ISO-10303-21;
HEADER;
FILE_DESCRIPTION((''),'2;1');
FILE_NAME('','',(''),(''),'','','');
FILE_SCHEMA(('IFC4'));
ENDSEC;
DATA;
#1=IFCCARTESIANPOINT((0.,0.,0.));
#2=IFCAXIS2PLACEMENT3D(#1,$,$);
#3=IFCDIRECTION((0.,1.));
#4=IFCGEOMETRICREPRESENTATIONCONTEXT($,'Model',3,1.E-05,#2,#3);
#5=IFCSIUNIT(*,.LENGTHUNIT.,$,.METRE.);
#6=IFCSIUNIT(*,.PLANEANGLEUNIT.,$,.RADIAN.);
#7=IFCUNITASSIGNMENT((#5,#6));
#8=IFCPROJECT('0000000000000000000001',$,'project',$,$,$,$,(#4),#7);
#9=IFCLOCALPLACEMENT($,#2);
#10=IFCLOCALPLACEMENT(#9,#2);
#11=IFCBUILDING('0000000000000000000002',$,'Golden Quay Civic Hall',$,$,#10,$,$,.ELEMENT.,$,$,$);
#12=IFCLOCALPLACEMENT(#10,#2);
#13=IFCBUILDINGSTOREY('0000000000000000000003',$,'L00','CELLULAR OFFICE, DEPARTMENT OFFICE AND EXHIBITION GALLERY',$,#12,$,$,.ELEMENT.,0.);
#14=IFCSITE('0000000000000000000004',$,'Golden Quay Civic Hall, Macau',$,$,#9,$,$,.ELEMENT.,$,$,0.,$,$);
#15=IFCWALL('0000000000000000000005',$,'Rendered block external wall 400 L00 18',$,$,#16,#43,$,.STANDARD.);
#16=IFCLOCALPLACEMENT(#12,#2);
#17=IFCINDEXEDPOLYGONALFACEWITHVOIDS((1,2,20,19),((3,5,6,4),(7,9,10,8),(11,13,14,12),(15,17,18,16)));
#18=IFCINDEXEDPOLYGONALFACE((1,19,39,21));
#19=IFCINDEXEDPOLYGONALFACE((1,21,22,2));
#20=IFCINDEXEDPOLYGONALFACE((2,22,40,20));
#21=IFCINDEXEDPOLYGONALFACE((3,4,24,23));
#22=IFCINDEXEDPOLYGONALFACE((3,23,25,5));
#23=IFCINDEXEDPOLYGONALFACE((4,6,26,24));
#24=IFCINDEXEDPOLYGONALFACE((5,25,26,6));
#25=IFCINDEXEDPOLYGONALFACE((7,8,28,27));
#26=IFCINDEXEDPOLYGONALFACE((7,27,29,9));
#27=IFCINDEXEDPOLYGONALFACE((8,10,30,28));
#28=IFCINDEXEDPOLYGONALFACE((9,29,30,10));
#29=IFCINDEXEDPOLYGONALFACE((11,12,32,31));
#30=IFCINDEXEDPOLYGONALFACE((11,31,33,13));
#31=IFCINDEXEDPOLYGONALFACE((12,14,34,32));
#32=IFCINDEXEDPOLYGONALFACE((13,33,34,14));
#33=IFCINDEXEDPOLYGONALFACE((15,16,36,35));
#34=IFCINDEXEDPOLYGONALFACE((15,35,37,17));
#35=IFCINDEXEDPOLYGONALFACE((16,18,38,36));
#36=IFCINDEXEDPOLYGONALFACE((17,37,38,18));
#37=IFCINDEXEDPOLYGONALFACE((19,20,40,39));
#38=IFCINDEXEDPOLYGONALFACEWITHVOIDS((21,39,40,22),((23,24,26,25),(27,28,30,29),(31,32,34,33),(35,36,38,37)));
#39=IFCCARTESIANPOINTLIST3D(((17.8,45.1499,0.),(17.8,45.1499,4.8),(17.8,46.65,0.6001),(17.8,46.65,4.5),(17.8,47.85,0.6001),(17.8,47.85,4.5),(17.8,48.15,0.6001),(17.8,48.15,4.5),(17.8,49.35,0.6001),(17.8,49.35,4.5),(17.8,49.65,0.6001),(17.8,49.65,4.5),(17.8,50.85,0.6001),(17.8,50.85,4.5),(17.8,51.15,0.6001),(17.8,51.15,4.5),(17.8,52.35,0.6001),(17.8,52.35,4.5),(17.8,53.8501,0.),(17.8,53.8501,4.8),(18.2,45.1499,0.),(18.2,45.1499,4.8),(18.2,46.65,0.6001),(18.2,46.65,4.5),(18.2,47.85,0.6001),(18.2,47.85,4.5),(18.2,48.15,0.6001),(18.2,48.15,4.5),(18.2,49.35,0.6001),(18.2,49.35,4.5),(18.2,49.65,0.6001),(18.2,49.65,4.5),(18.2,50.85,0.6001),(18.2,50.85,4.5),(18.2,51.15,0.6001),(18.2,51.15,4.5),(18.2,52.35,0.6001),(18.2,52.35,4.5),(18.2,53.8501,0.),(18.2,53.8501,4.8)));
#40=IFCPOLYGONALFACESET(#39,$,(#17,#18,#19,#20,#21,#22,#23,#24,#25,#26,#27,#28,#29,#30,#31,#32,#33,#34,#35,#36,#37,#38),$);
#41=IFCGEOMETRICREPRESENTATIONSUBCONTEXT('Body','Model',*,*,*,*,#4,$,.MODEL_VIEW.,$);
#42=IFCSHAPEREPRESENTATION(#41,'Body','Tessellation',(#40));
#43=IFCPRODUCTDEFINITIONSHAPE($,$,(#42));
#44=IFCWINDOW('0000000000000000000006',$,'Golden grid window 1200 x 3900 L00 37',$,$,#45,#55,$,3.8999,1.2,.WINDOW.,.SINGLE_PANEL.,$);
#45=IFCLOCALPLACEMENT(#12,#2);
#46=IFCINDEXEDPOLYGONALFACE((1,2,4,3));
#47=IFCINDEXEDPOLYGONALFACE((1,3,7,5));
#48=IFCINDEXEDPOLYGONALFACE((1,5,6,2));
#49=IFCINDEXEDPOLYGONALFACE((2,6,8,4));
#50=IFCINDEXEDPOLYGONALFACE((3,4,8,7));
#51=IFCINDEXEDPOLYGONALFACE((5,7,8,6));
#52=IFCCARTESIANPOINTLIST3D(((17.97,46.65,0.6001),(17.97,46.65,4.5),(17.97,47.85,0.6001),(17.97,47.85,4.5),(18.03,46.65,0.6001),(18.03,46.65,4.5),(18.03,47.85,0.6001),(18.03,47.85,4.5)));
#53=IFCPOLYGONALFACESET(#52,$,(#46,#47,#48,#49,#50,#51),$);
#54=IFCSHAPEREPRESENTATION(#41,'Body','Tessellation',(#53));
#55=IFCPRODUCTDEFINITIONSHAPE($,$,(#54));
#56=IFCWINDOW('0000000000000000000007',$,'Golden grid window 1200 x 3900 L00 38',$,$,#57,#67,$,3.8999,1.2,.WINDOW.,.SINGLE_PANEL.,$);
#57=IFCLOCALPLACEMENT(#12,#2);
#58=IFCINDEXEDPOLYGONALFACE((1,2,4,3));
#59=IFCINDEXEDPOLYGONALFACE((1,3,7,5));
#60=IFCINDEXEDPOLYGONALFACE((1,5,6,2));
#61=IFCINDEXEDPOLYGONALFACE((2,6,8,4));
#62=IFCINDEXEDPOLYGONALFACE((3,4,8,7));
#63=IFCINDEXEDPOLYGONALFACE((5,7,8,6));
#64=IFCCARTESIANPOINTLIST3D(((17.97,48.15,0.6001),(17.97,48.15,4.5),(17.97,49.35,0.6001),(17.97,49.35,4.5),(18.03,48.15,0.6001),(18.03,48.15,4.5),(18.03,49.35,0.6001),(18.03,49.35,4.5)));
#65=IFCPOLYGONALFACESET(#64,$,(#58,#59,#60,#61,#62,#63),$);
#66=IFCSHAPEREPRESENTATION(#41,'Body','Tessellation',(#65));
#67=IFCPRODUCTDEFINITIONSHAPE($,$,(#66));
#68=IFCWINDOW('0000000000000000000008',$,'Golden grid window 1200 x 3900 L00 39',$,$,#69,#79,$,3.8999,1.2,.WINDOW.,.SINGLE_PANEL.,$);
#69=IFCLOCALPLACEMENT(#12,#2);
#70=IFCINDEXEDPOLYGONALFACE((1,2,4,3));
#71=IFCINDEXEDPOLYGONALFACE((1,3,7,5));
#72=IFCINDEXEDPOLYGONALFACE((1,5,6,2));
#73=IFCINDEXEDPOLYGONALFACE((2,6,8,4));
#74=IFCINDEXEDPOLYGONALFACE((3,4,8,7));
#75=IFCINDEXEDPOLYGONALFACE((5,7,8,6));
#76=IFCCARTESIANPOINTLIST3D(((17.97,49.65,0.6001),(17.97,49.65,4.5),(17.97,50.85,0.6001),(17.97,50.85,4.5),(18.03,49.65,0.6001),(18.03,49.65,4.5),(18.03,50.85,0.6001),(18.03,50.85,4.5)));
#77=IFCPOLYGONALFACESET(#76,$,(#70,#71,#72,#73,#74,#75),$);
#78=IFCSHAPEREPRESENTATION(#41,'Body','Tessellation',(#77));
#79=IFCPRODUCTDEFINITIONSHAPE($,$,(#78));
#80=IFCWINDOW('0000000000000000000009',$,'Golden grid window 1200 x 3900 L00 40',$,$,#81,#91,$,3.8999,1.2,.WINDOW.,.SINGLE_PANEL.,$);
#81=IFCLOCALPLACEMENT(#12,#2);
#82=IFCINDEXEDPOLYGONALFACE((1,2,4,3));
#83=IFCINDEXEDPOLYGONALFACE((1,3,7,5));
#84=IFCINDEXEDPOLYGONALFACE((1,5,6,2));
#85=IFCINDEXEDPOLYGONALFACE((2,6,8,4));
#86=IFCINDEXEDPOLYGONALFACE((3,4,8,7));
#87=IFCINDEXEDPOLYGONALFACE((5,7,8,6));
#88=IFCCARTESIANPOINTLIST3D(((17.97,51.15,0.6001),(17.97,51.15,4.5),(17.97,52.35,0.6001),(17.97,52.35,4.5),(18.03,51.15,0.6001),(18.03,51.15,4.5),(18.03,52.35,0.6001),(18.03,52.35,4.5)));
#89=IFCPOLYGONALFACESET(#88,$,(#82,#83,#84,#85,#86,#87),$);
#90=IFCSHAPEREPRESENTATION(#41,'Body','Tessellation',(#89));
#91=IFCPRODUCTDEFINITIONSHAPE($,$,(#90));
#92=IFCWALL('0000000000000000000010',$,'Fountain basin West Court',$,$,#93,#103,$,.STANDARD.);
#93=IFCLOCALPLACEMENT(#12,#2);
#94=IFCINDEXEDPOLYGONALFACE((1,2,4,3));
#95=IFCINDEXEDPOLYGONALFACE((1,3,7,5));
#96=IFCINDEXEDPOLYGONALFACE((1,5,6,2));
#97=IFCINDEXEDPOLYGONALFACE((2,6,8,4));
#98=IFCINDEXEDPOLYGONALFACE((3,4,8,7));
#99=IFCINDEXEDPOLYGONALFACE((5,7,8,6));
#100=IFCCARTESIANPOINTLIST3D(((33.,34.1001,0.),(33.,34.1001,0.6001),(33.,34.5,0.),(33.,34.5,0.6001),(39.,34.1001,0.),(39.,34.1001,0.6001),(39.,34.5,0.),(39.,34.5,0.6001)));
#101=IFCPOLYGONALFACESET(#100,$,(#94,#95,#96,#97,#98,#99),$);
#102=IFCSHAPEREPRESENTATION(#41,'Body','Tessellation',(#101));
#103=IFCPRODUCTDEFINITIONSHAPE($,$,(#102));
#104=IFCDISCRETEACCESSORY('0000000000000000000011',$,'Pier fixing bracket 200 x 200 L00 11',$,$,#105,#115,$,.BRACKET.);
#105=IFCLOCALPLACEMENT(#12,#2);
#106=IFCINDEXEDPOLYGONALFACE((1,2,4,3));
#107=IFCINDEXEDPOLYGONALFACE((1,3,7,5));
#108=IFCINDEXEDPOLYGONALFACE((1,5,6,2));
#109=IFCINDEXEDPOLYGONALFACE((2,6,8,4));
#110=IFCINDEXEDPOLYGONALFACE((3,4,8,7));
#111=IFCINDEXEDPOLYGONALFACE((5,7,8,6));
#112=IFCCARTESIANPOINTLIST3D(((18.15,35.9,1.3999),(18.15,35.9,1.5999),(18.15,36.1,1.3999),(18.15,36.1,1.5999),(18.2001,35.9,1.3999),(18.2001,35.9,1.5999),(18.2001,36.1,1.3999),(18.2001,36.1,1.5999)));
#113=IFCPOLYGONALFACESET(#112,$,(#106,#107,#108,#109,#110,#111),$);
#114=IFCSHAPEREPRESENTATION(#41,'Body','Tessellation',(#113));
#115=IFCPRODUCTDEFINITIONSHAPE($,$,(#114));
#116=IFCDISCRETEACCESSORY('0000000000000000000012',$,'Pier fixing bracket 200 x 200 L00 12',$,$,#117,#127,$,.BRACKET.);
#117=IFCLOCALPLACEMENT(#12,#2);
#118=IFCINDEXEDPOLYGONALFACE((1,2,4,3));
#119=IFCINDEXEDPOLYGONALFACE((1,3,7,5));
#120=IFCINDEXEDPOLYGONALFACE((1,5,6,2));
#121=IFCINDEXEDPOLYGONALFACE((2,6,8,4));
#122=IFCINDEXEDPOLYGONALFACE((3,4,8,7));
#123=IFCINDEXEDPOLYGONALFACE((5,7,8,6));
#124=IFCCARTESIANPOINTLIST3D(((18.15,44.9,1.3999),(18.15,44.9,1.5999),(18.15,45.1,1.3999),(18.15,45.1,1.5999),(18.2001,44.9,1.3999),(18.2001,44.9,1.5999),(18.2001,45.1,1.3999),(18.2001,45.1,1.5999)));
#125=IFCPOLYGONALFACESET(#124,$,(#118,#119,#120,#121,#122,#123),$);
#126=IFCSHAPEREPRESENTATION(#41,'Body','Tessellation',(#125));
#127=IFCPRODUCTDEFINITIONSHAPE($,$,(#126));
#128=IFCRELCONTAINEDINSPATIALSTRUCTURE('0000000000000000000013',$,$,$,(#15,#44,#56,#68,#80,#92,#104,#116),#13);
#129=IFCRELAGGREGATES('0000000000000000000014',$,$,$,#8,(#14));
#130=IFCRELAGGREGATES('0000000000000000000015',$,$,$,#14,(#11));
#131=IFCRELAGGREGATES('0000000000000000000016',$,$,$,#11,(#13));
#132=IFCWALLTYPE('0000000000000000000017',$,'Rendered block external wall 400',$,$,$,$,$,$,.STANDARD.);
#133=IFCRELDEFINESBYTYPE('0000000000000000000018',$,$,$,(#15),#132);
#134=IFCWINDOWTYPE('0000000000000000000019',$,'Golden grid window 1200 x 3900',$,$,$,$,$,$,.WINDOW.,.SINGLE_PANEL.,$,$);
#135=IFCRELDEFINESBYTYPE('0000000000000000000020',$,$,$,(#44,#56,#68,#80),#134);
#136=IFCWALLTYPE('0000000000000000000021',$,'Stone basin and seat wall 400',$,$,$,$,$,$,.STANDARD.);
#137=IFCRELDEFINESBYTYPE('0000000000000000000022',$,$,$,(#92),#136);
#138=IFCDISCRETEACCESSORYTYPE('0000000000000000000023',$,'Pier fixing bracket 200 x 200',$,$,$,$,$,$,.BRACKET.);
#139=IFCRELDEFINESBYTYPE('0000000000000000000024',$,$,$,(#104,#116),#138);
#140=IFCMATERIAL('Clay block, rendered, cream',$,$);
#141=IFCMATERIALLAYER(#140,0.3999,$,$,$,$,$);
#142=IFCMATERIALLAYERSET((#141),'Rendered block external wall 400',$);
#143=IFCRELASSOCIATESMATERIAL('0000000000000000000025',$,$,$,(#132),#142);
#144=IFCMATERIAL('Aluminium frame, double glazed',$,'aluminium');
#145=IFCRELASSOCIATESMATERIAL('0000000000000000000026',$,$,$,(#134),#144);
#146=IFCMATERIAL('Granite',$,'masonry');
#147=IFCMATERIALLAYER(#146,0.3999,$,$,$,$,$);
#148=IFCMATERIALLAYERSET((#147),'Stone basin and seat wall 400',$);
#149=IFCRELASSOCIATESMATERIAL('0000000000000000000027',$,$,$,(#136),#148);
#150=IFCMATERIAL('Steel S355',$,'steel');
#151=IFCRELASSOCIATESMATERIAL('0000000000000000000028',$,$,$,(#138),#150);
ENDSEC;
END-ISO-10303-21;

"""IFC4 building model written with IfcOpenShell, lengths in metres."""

from ifc_helpers import new_model, si_unit, direction, frame, frame_2d, origin, origin_2d, place, context, subcontext, project, spatial, rectangle, extrude, material, layer, layer_set, type_object, element, fill, save


model = new_model("IFC4")

# Units and contexts
model_context = context("Model", 3, precision=1e-05, world=origin(), true_north=direction((0.0, 1.0)))
body_context = subcontext(model_context, "Body", "Model", "MODEL_VIEW")
ifc_project = project(units=[si_unit("LENGTHUNIT", "METRE"), si_unit("PLANEANGLEUNIT", "RADIAN")], contexts=[model_context])

# Site, building, storey
site_placement = place(None, origin())
site = spatial("IfcSite", under=ifc_project, at=site_placement, Name="Golden Quay Civic Hall, Macau", CompositionType="ELEMENT", RefElevation=0.0)
building_placement = place(site_placement, origin())
building = spatial("IfcBuilding", under=site, at=building_placement, Name="Golden Quay Civic Hall", CompositionType="ELEMENT")
storey_placement = place(building_placement, origin())
storey = spatial("IfcBuildingStorey", under=building, at=storey_placement, Name="L00", Description="CELLULAR OFFICE, DEPARTMENT OFFICE AND EXHIBITION GALLERY", CompositionType="ELEMENT", Elevation=0.0)

# Wall, openings, windows
ifc_material_1 = material(Name="Clay block, rendered, cream")
ifc_layer_1 = layer(ifc_material_1, 0.3999)
ifc_layer_set_1 = layer_set([ifc_layer_1], Name="Rendered block external wall 400")
wall_type_1 = type_object("IfcWallType", Name="Rendered block external wall 400", PredefinedType="STANDARD", material=ifc_layer_set_1)
ifc_material_2 = material(Name="Aluminium frame, double glazed", Category="aluminium")
window_type = type_object("IfcWindowType", Name="Golden grid window 1200 x 3900", PartitioningType="SINGLE_PANEL", PredefinedType="WINDOW", material=ifc_material_2)
wall_1_placement = place(storey_placement, frame((18.0, 53.8501, 0.0), z_axis=(0.0, 0.0, 1.0), x_axis=(0.0, -1.0, 0.0)))
wall_1 = element("IfcWall", 1, at=wall_1_placement, inside=storey, type_object=wall_type_1, Name="Rendered block external wall 400 L00 18", PredefinedType="STANDARD", context=body_context, shape_type="SweptSolid", body=[
    extrude(rectangle(XDim=8.7002, YDim=0.3999, at=frame_2d((4.3501, 0.0))), origin(), (0.0, 0.0, 1.0), 4.8),
])
opening_1_placement = place(wall_1_placement, frame((6.0, 0.0, 0.6001)))
opening_1 = element("IfcOpeningElement", 2, at=opening_1_placement, cuts=wall_1, PredefinedType="OPENING", context=body_context, shape_type="SweptSolid", body=[
    extrude(rectangle(XDim=1.2, YDim=3.8999, at=frame_2d((0.6001, 1.95))), frame((0.0, 0.21, 0.0), z_axis=(0.0, -1.0, 0.0), x_axis=(1.0, 0.0, 0.0)), (0.0, 0.0, 1.0), 0.4199),
])
opening_2_placement = place(wall_1_placement, frame((4.5, 0.0, 0.6001)))
opening_2 = element("IfcOpeningElement", 3, at=opening_2_placement, cuts=wall_1, PredefinedType="OPENING", context=body_context, shape_type="SweptSolid", body=[
    extrude(rectangle(XDim=1.2, YDim=3.8999, at=frame_2d((0.6001, 1.95))), frame((0.0, 0.21, 0.0), z_axis=(0.0, -1.0, 0.0), x_axis=(1.0, 0.0, 0.0)), (0.0, 0.0, 1.0), 0.4199),
])
opening_3_placement = place(wall_1_placement, frame((3.0, 0.0, 0.6001)))
opening_3 = element("IfcOpeningElement", 4, at=opening_3_placement, cuts=wall_1, PredefinedType="OPENING", context=body_context, shape_type="SweptSolid", body=[
    extrude(rectangle(XDim=1.2, YDim=3.8999, at=frame_2d((0.6001, 1.95))), frame((0.0, 0.21, 0.0), z_axis=(0.0, -1.0, 0.0), x_axis=(1.0, 0.0, 0.0)), (0.0, 0.0, 1.0), 0.4199),
])
opening_4_placement = place(wall_1_placement, frame((1.5, 0.0, 0.6001)))
opening_4 = element("IfcOpeningElement", 5, at=opening_4_placement, cuts=wall_1, PredefinedType="OPENING", context=body_context, shape_type="SweptSolid", body=[
    extrude(rectangle(XDim=1.2, YDim=3.8999, at=frame_2d((0.6001, 1.95))), frame((0.0, 0.21, 0.0), z_axis=(0.0, -1.0, 0.0), x_axis=(1.0, 0.0, 0.0)), (0.0, 0.0, 1.0), 0.4199),
])
window_1_placement = place(opening_1_placement, origin())
window_1 = element("IfcWindow", 6, at=window_1_placement, inside=storey, type_object=window_type, Name="Golden grid window 1200 x 3900 L00 37", OverallHeight=3.8999, OverallWidth=1.2, PartitioningType="SINGLE_PANEL", PredefinedType="WINDOW", context=body_context, shape_type="SweptSolid", body=[
    extrude(rectangle(XDim=1.2, YDim=3.8999, at=frame_2d((0.6001, 1.95))), frame((0.0, 0.03, 0.0), z_axis=(0.0, -1.0, 0.0), x_axis=(1.0, 0.0, 0.0)), (0.0, 0.0, 1.0), 0.0601),
])
fill(opening_1, window_1)
window_2_placement = place(opening_2_placement, origin())
window_2 = element("IfcWindow", 7, at=window_2_placement, inside=storey, type_object=window_type, Name="Golden grid window 1200 x 3900 L00 38", OverallHeight=3.8999, OverallWidth=1.2, PartitioningType="SINGLE_PANEL", PredefinedType="WINDOW", context=body_context, shape_type="SweptSolid", body=[
    extrude(rectangle(XDim=1.2, YDim=3.8999, at=frame_2d((0.6001, 1.95))), frame((0.0, 0.03, 0.0), z_axis=(0.0, -1.0, 0.0), x_axis=(1.0, 0.0, 0.0)), (0.0, 0.0, 1.0), 0.0601),
])
fill(opening_2, window_2)
window_3_placement = place(opening_3_placement, origin())
window_3 = element("IfcWindow", 8, at=window_3_placement, inside=storey, type_object=window_type, Name="Golden grid window 1200 x 3900 L00 39", OverallHeight=3.8999, OverallWidth=1.2, PartitioningType="SINGLE_PANEL", PredefinedType="WINDOW", context=body_context, shape_type="SweptSolid", body=[
    extrude(rectangle(XDim=1.2, YDim=3.8999, at=frame_2d((0.6001, 1.95))), frame((0.0, 0.03, 0.0), z_axis=(0.0, -1.0, 0.0), x_axis=(1.0, 0.0, 0.0)), (0.0, 0.0, 1.0), 0.0601),
])
fill(opening_3, window_3)
window_4_placement = place(opening_4_placement, origin())
window_4 = element("IfcWindow", 9, at=window_4_placement, inside=storey, type_object=window_type, Name="Golden grid window 1200 x 3900 L00 40", OverallHeight=3.8999, OverallWidth=1.2, PartitioningType="SINGLE_PANEL", PredefinedType="WINDOW", context=body_context, shape_type="SweptSolid", body=[
    extrude(rectangle(XDim=1.2, YDim=3.8999, at=frame_2d((0.6001, 1.95))), frame((0.0, 0.03, 0.0), z_axis=(0.0, -1.0, 0.0), x_axis=(1.0, 0.0, 0.0)), (0.0, 0.0, 1.0), 0.0601),
])
fill(opening_4, window_4)

# Wall
ifc_material_3 = material(Name="Granite", Category="masonry")
ifc_layer_2 = layer(ifc_material_3, 0.3999)
ifc_layer_set_2 = layer_set([ifc_layer_2], Name="Stone basin and seat wall 400")
wall_type_2 = type_object("IfcWallType", Name="Stone basin and seat wall 400", PredefinedType="STANDARD", material=ifc_layer_set_2)
wall_2_placement = place(storey_placement, frame((33.0, 34.3, 0.0), z_axis=(0.0, 0.0, 1.0), x_axis=(1.0, 0.0, 0.0)))
element("IfcWall", 10, at=wall_2_placement, inside=storey, type_object=wall_type_2, Name="Fountain basin West Court", PredefinedType="STANDARD", context=body_context, shape_type="SweptSolid", body=[
    extrude(rectangle(XDim=6.0, YDim=0.3999, at=frame_2d((3.0, 0.0))), origin(), (0.0, 0.0, 1.0), 0.6001),
])

# Discrete accessories
ifc_material_4 = material(Name="Steel S355", Category="steel")
discrete_accessory_type = type_object("IfcDiscreteAccessoryType", Name="Pier fixing bracket 200 x 200", PredefinedType="BRACKET", material=ifc_material_4)
for number, where, z_axis, x_axis, name in (
    (11, (18.175, 36.0, 1.3999), (0.0, 0.0, 1.0), (0.0, 1.0, 0.0), "Pier fixing bracket 200 x 200 L00 11"),
    (12, (18.175, 45.0, 1.3999), (0.0, 0.0, 1.0), (0.0, 1.0, 0.0), "Pier fixing bracket 200 x 200 L00 12"),
):
    element("IfcDiscreteAccessory", number, at=place(storey_placement, frame(where, z_axis=z_axis, x_axis=x_axis)), inside=storey, type_object=discrete_accessory_type, Name=name, PredefinedType="BRACKET", context=body_context, shape_type="SweptSolid", body=[
        extrude(rectangle(XDim=0.2, YDim=0.05, at=origin_2d()), origin(), (0.0, 0.0, 1.0), 0.2),
    ])

save(model, "model.ifc")
